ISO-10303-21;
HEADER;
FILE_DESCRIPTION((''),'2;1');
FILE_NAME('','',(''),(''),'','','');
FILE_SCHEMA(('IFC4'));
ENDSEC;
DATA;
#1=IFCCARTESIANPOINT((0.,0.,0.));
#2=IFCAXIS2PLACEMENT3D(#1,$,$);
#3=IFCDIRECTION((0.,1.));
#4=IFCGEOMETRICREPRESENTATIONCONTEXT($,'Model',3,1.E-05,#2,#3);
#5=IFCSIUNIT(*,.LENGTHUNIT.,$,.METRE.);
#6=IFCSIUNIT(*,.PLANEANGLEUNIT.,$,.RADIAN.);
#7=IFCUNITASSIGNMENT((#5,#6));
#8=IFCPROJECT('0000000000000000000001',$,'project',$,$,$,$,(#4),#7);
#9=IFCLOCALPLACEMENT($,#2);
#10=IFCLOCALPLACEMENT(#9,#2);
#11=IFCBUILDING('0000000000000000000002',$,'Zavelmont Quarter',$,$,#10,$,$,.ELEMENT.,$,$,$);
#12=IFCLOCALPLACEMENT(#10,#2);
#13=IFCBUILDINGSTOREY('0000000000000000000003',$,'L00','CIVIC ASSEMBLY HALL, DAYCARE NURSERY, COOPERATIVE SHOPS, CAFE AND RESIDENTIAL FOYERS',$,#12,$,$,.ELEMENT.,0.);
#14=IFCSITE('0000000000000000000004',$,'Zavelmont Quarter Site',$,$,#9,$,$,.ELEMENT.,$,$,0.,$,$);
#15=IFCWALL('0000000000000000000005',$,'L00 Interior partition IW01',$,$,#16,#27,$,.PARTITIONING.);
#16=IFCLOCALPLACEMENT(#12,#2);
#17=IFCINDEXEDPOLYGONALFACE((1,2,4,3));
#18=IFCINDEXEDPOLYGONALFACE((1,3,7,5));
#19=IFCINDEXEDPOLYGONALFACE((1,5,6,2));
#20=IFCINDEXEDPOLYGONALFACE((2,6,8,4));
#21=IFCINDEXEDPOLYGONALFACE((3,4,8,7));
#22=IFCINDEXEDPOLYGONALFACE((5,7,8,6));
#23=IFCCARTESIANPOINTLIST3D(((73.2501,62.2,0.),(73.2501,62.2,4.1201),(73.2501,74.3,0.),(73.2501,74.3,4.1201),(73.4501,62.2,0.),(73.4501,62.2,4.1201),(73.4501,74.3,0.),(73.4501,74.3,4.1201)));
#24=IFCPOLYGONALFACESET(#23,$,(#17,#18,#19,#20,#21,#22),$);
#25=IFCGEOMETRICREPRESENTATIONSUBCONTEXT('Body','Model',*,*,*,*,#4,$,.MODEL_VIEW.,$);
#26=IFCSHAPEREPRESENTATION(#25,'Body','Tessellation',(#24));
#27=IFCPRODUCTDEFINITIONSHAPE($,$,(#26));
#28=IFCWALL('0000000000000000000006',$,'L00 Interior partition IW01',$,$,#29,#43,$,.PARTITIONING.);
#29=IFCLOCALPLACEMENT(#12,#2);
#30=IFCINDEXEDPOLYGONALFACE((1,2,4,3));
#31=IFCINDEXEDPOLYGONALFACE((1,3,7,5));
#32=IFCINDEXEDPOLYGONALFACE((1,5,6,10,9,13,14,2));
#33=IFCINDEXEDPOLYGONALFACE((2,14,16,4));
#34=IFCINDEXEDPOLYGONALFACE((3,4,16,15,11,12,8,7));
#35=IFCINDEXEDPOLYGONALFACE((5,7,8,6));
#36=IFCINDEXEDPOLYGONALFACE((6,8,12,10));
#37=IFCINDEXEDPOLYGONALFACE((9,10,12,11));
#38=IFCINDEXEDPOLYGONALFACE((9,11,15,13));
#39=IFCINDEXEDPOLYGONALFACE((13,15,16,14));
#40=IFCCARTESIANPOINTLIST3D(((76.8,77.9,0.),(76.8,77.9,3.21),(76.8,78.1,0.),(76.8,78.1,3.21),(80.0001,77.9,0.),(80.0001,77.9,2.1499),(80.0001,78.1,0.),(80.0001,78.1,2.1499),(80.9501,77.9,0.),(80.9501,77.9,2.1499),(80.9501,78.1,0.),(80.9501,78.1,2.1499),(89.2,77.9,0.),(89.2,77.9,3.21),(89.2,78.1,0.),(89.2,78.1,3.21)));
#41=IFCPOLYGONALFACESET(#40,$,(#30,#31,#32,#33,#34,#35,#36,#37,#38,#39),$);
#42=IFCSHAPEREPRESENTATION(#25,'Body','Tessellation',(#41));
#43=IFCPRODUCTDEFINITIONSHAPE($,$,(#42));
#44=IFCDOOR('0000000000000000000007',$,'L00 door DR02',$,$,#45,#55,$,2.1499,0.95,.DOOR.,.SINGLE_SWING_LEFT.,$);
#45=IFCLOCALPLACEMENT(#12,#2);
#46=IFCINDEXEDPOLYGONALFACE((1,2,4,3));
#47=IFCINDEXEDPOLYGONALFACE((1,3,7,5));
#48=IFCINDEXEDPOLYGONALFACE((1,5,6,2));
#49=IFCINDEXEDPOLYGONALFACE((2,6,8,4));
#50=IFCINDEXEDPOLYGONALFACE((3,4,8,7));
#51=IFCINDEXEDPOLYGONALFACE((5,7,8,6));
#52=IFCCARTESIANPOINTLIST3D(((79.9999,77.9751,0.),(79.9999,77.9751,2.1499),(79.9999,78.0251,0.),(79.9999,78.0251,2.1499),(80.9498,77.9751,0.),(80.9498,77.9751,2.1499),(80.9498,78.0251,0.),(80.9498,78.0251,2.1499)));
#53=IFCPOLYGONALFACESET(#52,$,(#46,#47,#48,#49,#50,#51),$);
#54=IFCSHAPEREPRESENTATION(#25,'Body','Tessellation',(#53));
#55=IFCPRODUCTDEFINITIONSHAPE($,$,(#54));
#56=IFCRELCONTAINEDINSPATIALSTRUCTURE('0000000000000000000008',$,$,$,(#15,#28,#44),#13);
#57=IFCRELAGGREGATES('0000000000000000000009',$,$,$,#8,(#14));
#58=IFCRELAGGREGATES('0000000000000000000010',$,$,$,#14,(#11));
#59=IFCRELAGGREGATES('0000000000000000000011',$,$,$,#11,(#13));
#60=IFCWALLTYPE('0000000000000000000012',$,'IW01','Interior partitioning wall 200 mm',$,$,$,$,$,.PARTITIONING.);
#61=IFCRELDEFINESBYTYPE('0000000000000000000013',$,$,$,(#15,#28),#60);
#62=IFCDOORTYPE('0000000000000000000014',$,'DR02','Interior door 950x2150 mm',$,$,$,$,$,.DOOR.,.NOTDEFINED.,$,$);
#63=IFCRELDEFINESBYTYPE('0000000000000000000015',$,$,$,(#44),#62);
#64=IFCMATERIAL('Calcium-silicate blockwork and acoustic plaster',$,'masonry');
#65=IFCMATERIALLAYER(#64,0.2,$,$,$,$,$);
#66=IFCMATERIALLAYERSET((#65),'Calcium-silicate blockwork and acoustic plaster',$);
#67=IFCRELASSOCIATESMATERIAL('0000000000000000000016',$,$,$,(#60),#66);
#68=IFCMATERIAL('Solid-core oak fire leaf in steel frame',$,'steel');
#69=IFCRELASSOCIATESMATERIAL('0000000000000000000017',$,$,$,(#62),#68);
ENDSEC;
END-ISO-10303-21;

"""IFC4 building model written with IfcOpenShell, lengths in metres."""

from ifc_helpers import new_model, si_unit, direction, frame, frame_2d, origin, place, context, subcontext, project, spatial, rectangle, extrude, material, layer, layer_set, type_object, element, fill, save


model = new_model("IFC4")

# Units and contexts
model_context = context("Model", 3, precision=1e-05, world=origin(), true_north=direction((0.0, 1.0)))
body_context = subcontext(model_context, "Body", "Model", "MODEL_VIEW")
ifc_project = project(units=[si_unit("LENGTHUNIT", "METRE"), si_unit("PLANEANGLEUNIT", "RADIAN")], contexts=[model_context])

# Site, building, storey
site_placement = place(None, origin())
site = spatial("IfcSite", under=ifc_project, at=site_placement, Name="Zavelmont Quarter Site", CompositionType="ELEMENT", RefElevation=0.0)
building_placement = place(site_placement, origin())
building = spatial("IfcBuilding", under=site, at=building_placement, Name="Zavelmont Quarter", CompositionType="ELEMENT")
storey_placement = place(building_placement, origin())
storey = spatial("IfcBuildingStorey", under=building, at=storey_placement, Name="L00", Description="CIVIC ASSEMBLY HALL, DAYCARE NURSERY, COOPERATIVE SHOPS, CAFE AND RESIDENTIAL FOYERS", CompositionType="ELEMENT", Elevation=0.0)

# Shared definitions
ifc_material_1 = material(Name="Calcium-silicate blockwork and acoustic plaster", Category="masonry")
ifc_layer_1 = layer(ifc_material_1, 0.2)
ifc_layer_set_1 = layer_set([ifc_layer_1], Name="Calcium-silicate blockwork and acoustic plaster")
wall_type = type_object("IfcWallType", Name="IW01", Description="Interior partitioning wall 200 mm", PredefinedType="PARTITIONING", material=ifc_layer_set_1)

# Wall
wall_1_placement = place(storey_placement, frame((73.3501, 62.2, 0.0), z_axis=(0.0, 0.0, 1.0), x_axis=(0.0, 1.0, 0.0)))
element("IfcWall", 1, at=wall_1_placement, inside=storey, type_object=wall_type, Name="L00 Interior partition IW01", PredefinedType="PARTITIONING", context=body_context, shape_type="SweptSolid", body=[
    extrude(rectangle(XDim=12.1001, YDim=0.2, at=frame_2d((6.05, 0.0))), origin(), (0.0, 0.0, 1.0), 4.1201),
])

# Wall, opening, door
wall_2_placement = place(storey_placement, frame((76.8, 78.0, 0.0), z_axis=(0.0, 0.0, 1.0), x_axis=(1.0, 0.0, 0.0)))
wall_2 = element("IfcWall", 2, at=wall_2_placement, inside=storey, type_object=wall_type, Name="L00 Interior partition IW01", PredefinedType="PARTITIONING", context=body_context, shape_type="SweptSolid", body=[
    extrude(rectangle(XDim=12.3999, YDim=0.2, at=frame_2d((6.2, 0.0))), origin(), (0.0, 0.0, 1.0), 3.21),
])
opening_1_placement = place(wall_2_placement, frame((3.2, 0.0, 0.0)))
opening_1 = element("IfcOpeningElement", 3, at=opening_1_placement, cuts=wall_2, PredefinedType="OPENING", context=body_context, shape_type="SweptSolid", body=[
    extrude(rectangle(XDim=0.95, YDim=2.1499, at=frame_2d((0.4751, 1.075))), frame((0.0, 0.1118, 0.0), z_axis=(0.0, -1.0, 0.0), x_axis=(1.0, 0.0, 0.0)), (0.0, 0.0, 1.0), 0.2239),
])
ifc_material_2 = material(Name="Solid-core oak fire leaf in steel frame", Category="steel")
door_type_1 = type_object("IfcDoorType", Name="DR02", Description="Interior door 950x2150 mm", OperationType="NOTDEFINED", PredefinedType="DOOR", material=ifc_material_2)
door_1_placement = place(opening_1_placement, frame((0.95, 0.0, 0.0), z_axis=(0.0, 0.0, 1.0), x_axis=(-1.0, 0.0, 0.0)))
door_1 = element("IfcDoor", 4, at=door_1_placement, inside=storey, type_object=door_type_1, Name="L00 door DR02", OperationType="SINGLE_SWING_LEFT", OverallHeight=2.1499, OverallWidth=0.95, PredefinedType="DOOR", context=body_context, shape_type="SweptSolid", body=[
    extrude(rectangle(XDim=0.95, YDim=2.1499, at=frame_2d((0.4751, 1.075))), frame((0.0, 0.0249, 0.0), z_axis=(0.0, -1.0, 0.0), x_axis=(1.0, 0.0, 0.0)), (0.0, 0.0, 1.0), 0.05),
])
fill(opening_1, door_1)

save(model, "model.ifc")
